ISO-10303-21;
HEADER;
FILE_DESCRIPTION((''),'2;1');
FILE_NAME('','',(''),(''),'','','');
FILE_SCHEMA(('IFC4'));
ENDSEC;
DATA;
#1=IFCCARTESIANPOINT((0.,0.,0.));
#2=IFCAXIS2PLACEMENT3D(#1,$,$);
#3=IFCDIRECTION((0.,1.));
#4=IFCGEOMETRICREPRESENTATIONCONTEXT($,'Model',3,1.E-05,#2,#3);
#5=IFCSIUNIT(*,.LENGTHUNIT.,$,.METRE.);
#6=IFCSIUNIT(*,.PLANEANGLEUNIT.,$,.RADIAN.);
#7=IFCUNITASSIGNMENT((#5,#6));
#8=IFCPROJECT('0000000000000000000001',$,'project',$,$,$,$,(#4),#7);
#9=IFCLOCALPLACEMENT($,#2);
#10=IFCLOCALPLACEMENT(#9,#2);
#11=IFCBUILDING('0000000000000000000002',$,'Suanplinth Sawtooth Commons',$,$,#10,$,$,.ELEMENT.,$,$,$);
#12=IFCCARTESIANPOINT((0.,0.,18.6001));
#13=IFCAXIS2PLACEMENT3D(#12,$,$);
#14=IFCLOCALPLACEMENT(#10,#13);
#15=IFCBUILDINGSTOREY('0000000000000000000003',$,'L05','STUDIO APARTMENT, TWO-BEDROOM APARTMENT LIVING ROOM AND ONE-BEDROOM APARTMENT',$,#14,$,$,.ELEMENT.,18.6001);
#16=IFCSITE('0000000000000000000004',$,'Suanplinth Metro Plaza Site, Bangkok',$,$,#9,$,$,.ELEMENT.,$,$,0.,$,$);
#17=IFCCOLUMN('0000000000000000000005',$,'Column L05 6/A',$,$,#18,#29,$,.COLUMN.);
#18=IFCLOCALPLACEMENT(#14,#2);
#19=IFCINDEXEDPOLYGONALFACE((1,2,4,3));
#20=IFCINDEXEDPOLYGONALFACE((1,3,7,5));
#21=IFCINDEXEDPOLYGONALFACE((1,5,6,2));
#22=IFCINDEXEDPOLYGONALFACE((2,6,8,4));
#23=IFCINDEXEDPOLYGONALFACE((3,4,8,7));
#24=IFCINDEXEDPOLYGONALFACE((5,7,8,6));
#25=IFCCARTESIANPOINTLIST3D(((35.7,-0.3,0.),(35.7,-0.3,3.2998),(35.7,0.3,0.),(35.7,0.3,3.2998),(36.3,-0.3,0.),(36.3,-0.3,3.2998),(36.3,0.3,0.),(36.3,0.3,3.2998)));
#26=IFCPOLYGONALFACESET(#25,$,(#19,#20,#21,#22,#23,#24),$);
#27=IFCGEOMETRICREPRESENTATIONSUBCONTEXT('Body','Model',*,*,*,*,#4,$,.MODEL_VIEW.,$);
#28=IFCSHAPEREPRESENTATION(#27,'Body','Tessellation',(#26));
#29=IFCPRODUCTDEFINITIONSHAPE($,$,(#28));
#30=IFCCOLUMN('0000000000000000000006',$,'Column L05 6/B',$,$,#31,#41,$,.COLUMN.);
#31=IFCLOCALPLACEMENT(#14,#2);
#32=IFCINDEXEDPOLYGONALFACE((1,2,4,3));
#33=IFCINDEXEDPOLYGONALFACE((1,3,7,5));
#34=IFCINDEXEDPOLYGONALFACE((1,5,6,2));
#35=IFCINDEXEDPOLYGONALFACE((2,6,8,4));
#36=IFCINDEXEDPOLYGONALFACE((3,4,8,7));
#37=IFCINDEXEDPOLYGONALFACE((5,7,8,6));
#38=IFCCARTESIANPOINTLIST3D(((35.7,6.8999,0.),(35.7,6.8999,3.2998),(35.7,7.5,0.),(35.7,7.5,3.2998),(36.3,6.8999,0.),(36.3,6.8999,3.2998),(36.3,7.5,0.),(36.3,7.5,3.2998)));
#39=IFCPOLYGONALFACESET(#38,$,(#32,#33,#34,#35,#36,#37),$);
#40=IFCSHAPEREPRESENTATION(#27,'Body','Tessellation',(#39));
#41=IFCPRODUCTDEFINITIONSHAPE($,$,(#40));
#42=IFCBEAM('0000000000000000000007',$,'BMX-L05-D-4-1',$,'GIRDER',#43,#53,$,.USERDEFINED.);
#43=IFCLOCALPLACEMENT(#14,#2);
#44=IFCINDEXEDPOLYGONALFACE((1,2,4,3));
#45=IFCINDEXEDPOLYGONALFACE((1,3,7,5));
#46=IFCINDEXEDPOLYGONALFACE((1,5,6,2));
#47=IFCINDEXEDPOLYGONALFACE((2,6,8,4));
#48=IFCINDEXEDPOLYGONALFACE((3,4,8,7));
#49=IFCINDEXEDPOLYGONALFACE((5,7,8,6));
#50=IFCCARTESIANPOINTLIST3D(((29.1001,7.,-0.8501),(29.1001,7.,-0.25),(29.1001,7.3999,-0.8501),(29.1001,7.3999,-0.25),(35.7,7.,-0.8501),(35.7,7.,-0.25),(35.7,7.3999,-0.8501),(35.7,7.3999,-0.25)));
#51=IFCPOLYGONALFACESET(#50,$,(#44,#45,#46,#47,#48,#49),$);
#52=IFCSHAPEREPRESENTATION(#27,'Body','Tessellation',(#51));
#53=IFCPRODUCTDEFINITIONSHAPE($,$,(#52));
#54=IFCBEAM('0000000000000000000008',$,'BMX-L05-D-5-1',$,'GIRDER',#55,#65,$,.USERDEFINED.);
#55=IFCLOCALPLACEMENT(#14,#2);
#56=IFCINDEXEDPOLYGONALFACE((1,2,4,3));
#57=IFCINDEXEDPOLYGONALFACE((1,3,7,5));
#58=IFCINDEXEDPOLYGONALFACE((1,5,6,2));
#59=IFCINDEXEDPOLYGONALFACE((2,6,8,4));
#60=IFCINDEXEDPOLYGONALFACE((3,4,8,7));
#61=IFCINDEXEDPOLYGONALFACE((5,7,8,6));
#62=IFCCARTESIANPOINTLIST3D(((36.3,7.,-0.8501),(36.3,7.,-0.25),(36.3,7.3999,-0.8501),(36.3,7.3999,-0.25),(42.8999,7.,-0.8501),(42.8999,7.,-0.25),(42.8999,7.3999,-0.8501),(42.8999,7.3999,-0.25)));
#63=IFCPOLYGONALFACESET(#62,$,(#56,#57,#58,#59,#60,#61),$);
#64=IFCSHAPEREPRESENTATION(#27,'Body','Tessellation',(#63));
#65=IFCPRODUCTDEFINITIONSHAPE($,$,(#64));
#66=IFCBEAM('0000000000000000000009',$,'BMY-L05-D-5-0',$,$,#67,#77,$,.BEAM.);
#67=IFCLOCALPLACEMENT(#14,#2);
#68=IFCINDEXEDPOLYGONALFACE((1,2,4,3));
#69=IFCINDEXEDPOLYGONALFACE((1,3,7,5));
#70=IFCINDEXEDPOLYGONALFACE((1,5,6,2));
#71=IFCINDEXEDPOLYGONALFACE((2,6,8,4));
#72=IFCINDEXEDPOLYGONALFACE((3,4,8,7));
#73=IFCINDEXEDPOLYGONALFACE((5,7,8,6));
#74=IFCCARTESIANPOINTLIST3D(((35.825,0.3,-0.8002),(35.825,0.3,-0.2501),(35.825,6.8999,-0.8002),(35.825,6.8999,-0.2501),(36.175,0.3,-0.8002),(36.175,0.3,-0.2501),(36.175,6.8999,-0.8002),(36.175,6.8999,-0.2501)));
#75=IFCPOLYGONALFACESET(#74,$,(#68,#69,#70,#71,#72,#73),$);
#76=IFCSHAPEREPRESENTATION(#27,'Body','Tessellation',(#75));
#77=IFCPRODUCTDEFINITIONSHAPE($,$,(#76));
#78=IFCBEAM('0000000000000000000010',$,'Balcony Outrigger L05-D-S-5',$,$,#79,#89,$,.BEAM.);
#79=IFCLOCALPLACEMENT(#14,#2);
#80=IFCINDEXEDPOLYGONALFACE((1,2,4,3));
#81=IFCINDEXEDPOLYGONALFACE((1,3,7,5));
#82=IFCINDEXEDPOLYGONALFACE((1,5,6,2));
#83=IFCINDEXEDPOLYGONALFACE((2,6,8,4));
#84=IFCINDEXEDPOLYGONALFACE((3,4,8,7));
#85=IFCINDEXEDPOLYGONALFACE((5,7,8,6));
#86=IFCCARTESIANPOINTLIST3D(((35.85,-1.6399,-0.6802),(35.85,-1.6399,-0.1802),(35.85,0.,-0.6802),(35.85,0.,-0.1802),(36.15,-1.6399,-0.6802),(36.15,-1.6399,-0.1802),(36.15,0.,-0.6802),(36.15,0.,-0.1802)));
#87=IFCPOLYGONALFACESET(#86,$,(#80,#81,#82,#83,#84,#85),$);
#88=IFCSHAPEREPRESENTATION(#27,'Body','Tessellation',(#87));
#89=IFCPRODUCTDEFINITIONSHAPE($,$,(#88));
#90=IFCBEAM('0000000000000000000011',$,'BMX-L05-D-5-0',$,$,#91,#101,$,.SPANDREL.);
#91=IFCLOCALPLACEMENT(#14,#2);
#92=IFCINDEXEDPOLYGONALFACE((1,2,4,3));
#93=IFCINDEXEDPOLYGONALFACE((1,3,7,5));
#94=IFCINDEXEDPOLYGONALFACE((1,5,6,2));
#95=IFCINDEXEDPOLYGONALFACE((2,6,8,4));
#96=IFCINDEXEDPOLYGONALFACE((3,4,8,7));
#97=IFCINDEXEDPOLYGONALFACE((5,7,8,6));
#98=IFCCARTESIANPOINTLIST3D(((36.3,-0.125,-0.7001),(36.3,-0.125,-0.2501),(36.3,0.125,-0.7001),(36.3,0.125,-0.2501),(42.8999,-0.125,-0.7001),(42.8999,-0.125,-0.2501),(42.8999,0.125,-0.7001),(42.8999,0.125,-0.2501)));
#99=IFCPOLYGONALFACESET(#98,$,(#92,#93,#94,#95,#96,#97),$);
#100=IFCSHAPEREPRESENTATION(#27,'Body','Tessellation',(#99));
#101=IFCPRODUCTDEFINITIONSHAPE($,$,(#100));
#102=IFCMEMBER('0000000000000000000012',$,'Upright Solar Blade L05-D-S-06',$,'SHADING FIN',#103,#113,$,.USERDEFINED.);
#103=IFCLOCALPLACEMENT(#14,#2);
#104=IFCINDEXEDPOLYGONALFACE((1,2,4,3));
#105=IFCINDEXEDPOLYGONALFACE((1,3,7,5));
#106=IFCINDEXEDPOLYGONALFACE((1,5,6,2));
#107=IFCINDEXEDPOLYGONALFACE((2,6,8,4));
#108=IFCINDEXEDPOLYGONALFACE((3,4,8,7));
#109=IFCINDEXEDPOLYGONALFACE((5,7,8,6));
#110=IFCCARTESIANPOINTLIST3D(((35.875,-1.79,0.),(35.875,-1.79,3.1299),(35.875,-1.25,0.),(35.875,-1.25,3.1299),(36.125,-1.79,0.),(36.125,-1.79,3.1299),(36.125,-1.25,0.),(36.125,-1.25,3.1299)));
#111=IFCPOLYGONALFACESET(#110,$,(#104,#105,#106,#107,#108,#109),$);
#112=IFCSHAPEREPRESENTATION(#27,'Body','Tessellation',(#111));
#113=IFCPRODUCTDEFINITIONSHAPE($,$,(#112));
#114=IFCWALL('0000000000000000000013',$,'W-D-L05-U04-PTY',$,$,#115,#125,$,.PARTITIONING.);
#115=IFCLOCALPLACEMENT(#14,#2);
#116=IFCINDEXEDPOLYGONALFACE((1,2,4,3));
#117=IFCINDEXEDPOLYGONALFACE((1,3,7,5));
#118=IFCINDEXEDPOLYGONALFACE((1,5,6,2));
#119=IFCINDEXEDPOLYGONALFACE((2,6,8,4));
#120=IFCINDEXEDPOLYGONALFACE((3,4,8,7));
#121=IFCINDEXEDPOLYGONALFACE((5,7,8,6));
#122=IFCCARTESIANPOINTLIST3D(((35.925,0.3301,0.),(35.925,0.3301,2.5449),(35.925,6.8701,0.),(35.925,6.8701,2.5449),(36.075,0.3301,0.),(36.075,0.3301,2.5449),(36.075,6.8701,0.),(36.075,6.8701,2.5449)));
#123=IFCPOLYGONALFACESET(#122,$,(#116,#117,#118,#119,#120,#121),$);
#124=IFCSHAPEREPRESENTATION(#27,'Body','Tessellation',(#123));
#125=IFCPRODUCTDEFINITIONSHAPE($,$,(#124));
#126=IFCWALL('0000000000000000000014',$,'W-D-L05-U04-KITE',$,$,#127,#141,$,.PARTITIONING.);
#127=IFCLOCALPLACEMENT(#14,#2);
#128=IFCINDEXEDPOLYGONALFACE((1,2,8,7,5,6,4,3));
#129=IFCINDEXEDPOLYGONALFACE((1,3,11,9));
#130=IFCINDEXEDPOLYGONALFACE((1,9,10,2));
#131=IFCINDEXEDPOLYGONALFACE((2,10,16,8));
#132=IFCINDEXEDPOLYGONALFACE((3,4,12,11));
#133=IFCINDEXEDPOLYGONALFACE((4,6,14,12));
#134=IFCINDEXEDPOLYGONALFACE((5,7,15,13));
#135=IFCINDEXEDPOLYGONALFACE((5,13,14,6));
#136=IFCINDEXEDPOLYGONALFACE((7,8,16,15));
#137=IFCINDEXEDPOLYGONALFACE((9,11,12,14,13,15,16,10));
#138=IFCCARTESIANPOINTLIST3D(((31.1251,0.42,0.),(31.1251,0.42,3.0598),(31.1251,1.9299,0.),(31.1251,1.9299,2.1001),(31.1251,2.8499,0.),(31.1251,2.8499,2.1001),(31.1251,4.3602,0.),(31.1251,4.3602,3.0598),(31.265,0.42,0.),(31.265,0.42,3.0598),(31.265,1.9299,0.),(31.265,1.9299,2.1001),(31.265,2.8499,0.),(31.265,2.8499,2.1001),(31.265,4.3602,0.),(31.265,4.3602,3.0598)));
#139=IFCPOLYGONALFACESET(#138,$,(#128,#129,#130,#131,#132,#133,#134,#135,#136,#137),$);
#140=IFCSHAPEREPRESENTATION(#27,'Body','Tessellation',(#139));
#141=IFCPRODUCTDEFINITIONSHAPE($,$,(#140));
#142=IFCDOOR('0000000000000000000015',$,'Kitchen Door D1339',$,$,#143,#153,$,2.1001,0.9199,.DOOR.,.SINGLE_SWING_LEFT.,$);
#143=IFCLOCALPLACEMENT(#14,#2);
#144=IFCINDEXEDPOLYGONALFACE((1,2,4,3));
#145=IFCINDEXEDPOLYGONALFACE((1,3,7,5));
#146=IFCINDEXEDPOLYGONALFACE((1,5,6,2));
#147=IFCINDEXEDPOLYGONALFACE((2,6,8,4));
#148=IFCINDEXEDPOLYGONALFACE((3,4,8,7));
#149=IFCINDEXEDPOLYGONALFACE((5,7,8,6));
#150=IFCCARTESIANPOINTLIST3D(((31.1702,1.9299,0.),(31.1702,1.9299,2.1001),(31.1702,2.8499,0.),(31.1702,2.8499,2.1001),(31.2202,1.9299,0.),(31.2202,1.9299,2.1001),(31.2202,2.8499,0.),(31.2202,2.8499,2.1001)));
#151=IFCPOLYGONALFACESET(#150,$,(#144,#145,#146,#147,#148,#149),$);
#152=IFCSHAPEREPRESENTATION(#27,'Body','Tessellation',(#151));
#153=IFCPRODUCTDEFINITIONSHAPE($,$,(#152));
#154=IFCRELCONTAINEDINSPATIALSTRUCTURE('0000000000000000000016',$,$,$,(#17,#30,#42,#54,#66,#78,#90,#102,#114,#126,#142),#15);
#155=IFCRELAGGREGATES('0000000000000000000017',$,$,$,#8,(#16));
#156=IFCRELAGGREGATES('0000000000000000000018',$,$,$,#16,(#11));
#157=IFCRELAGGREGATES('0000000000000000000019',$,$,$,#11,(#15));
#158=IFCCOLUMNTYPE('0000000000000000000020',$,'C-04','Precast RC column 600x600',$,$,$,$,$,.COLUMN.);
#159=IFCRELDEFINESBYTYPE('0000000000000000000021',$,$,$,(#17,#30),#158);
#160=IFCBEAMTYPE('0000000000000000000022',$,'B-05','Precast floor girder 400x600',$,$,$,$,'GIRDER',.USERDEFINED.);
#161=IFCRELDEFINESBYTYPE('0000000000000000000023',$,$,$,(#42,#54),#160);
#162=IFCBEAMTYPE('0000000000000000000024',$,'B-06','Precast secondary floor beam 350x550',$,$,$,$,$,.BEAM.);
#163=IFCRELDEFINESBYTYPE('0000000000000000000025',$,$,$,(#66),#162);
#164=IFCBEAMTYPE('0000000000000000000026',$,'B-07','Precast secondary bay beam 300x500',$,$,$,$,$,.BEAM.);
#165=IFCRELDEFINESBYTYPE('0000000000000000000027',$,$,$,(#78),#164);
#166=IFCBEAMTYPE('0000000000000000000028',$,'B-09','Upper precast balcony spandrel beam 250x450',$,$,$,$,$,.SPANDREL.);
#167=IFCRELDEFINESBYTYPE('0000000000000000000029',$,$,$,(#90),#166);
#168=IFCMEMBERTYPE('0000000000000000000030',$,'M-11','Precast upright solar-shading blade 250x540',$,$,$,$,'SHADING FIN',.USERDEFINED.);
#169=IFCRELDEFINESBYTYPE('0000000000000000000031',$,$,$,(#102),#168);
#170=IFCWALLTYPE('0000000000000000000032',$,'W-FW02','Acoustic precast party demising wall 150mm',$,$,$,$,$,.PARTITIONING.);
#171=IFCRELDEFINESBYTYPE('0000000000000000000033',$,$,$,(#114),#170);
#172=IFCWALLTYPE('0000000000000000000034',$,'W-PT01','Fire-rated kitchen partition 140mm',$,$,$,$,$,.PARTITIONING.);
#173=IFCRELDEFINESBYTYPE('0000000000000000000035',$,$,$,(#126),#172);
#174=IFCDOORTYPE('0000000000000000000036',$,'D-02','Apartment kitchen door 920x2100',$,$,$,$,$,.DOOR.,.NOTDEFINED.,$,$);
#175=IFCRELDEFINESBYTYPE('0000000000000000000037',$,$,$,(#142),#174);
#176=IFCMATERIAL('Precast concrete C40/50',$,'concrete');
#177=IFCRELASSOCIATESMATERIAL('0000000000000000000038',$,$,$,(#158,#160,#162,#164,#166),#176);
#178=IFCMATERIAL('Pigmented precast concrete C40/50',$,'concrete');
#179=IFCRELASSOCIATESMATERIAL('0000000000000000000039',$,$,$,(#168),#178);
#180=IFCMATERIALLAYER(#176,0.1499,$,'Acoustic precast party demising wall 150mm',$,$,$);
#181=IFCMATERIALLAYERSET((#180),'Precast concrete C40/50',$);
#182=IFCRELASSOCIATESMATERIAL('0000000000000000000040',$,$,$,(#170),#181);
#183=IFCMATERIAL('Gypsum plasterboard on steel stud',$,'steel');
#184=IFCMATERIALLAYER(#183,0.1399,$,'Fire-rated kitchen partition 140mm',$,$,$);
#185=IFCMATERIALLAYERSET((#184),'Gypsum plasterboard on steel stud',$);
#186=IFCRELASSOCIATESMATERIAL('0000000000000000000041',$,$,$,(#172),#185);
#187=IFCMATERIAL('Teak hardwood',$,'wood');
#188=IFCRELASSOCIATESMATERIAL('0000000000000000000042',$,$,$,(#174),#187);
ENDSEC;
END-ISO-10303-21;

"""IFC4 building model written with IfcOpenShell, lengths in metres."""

from ifc_helpers import new_model, si_unit, direction, frame, frame_2d, origin, origin_2d, place, context, subcontext, project, spatial, rectangle, extrude, material, layer, layer_set, material_profile, profile_set, type_object, element, fill, save


model = new_model("IFC4")

# Units and contexts
model_context = context("Model", 3, precision=1e-05, world=origin(), true_north=direction((0.0, 1.0)))
body_context = subcontext(model_context, "Body", "Model", "MODEL_VIEW")
ifc_project = project(units=[si_unit("LENGTHUNIT", "METRE"), si_unit("PLANEANGLEUNIT", "RADIAN")], contexts=[model_context])

# Site, building, storey
site_placement = place(None, origin())
site = spatial("IfcSite", under=ifc_project, at=site_placement, Name="Suanplinth Metro Plaza Site, Bangkok", CompositionType="ELEMENT", RefElevation=0.0)
building_placement = place(site_placement, origin())
building = spatial("IfcBuilding", under=site, at=building_placement, Name="Suanplinth Sawtooth Commons", CompositionType="ELEMENT")
storey_placement = place(building_placement, frame((0.0, 0.0, 18.6001)))
storey = spatial("IfcBuildingStorey", under=building, at=storey_placement, Name="L05", Description="STUDIO APARTMENT, TWO-BEDROOM APARTMENT LIVING ROOM AND ONE-BEDROOM APARTMENT", CompositionType="ELEMENT", Elevation=18.6001)

# Columns
ifc_material_1 = material(Name="Precast concrete C40/50", Category="concrete")
ifc_material_profile_1 = material_profile(ifc_material_1, rectangle(XDim=0.6001, YDim=0.6001, at=origin_2d()), Name="PC-COL 600x600")
ifc_profile_set_1 = profile_set([ifc_material_profile_1], Name="Precast concrete C40/50")
column_type = type_object("IfcColumnType", Name="C-04", Description="Precast RC column 600x600", PredefinedType="COLUMN", material=ifc_profile_set_1)
for number, where, z_axis, x_axis, name in (
    (1, (36.0, 0.0, 0.0), (0.0, 0.0, 1.0), (1.0, 0.0, 0.0), "Column L05 6/A"),
    (2, (36.0, 7.2, 0.0), (0.0, 0.0, 1.0), (1.0, 0.0, 0.0), "Column L05 6/B"),
):
    element("IfcColumn", number, at=place(storey_placement, frame(where, z_axis=z_axis, x_axis=x_axis)), inside=storey, type_object=column_type, Name=name, PredefinedType="COLUMN", context=body_context, shape_type="SweptSolid", body=[
        extrude(rectangle(XDim=0.6001, YDim=0.6001, at=origin_2d()), origin(), (0.0, 0.0, 1.0), 3.2998),
    ])

# Beams
ifc_material_profile_2 = material_profile(ifc_material_1, rectangle(XDim=0.3999, YDim=0.6001, at=origin_2d()), Name="PC-GDR 400x600")
ifc_profile_set_2 = profile_set([ifc_material_profile_2], Name="Precast concrete C40/50")
beam_type_1 = type_object("IfcBeamType", Name="B-05", Description="Precast floor girder 400x600", ElementType="GIRDER", PredefinedType="USERDEFINED", material=ifc_profile_set_2)
for number, where, z_axis, x_axis, name in (
    (3, (29.1001, 7.2, -0.55), (1.0, 0.0, 0.0), (0.0, 1.0, 0.0), "BMX-L05-D-4-1"),
    (4, (36.3, 7.2, -0.55), (1.0, 0.0, 0.0), (0.0, 1.0, 0.0), "BMX-L05-D-5-1"),
):
    element("IfcBeam", number, at=place(storey_placement, frame(where, z_axis=z_axis, x_axis=x_axis)), inside=storey, type_object=beam_type_1, Name=name, ObjectType="GIRDER", PredefinedType="USERDEFINED", context=body_context, shape_type="SweptSolid", body=[
        extrude(rectangle(XDim=0.3999, YDim=0.6001, at=origin_2d()), origin(), (0.0, 0.0, 1.0), 6.5999),
    ])
ifc_material_profile_3 = material_profile(ifc_material_1, rectangle(XDim=0.3501, YDim=0.55, at=origin_2d()), Name="PC-BM 350x550")
ifc_profile_set_3 = profile_set([ifc_material_profile_3], Name="Precast concrete C40/50")
beam_type_2 = type_object("IfcBeamType", Name="B-06", Description="Precast secondary floor beam 350x550", PredefinedType="BEAM", material=ifc_profile_set_3)
beam_1_placement = place(storey_placement, frame((36.0, 0.3, -0.5251), z_axis=(0.0, 1.0, 0.0), x_axis=(-1.0, 0.0, 0.0)))
element("IfcBeam", 5, at=beam_1_placement, inside=storey, type_object=beam_type_2, Name="BMY-L05-D-5-0", PredefinedType="BEAM", context=body_context, shape_type="SweptSolid", body=[
    extrude(rectangle(XDim=0.3501, YDim=0.55, at=origin_2d()), origin(), (0.0, 0.0, 1.0), 6.5999),
])
ifc_material_profile_4 = material_profile(ifc_material_1, rectangle(XDim=0.3, YDim=0.5, at=origin_2d()), Name="PC-BM 300x500")
ifc_profile_set_4 = profile_set([ifc_material_profile_4], Name="Precast concrete C40/50")
beam_type_3 = type_object("IfcBeamType", Name="B-07", Description="Precast secondary bay beam 300x500", PredefinedType="BEAM", material=ifc_profile_set_4)
beam_2_placement = place(storey_placement, frame((36.0, 0.0, -0.4302), z_axis=(0.0, -1.0, 0.0), x_axis=(1.0, 0.0, 0.0)))
element("IfcBeam", 6, at=beam_2_placement, inside=storey, type_object=beam_type_3, Name="Balcony Outrigger L05-D-S-5", PredefinedType="BEAM", context=body_context, shape_type="SweptSolid", body=[
    extrude(rectangle(XDim=0.3, YDim=0.5, at=origin_2d()), origin(), (0.0, 0.0, 1.0), 1.6399),
])
ifc_material_profile_5 = material_profile(ifc_material_1, rectangle(XDim=0.25, YDim=0.45, at=origin_2d()), Name="PC-SP 250x450")
ifc_profile_set_5 = profile_set([ifc_material_profile_5], Name="Precast concrete C40/50")
beam_type_4 = type_object("IfcBeamType", Name="B-09", Description="Upper precast balcony spandrel beam 250x450", PredefinedType="SPANDREL", material=ifc_profile_set_5)
beam_3_placement = place(storey_placement, frame((36.3, 0.0, -0.4751), z_axis=(1.0, 0.0, 0.0), x_axis=(0.0, 1.0, 0.0)))
element("IfcBeam", 7, at=beam_3_placement, inside=storey, type_object=beam_type_4, Name="BMX-L05-D-5-0", PredefinedType="SPANDREL", context=body_context, shape_type="SweptSolid", body=[
    extrude(rectangle(XDim=0.25, YDim=0.45, at=origin_2d()), origin(), (0.0, 0.0, 1.0), 6.5999),
])

# Member
ifc_material_2 = material(Name="Pigmented precast concrete C40/50", Category="concrete")
ifc_material_profile_6 = material_profile(ifc_material_2, rectangle(XDim=0.25, YDim=0.54, at=origin_2d()), Name="PC-FIN 250x540")
ifc_profile_set_6 = profile_set([ifc_material_profile_6], Name="Pigmented precast concrete C40/50")
member_type = type_object("IfcMemberType", Name="M-11", Description="Precast upright solar-shading blade 250x540", ElementType="SHADING FIN", PredefinedType="USERDEFINED", material=ifc_profile_set_6)
member_placement = place(storey_placement, frame((36.0, -1.52, 0.0), z_axis=(0.0, 0.0, 1.0), x_axis=(1.0, 0.0, 0.0)))
element("IfcMember", 8, at=member_placement, inside=storey, type_object=member_type, Name="Upright Solar Blade L05-D-S-06", ObjectType="SHADING FIN", PredefinedType="USERDEFINED", context=body_context, shape_type="SweptSolid", body=[
    extrude(rectangle(XDim=0.25, YDim=0.54, at=origin_2d()), origin(), (0.0, 0.0, 1.0), 3.1299),
])

# Wall
ifc_layer_1 = layer(ifc_material_1, 0.1499, Name="Acoustic precast party demising wall 150mm")
ifc_layer_set_1 = layer_set([ifc_layer_1], Name="Precast concrete C40/50")
wall_type_1 = type_object("IfcWallType", Name="W-FW02", Description="Acoustic precast party demising wall 150mm", PredefinedType="PARTITIONING", material=ifc_layer_set_1)
wall_1_placement = place(storey_placement, frame((36.0, 0.3301, 0.0), z_axis=(0.0, 0.0, 1.0), x_axis=(0.0, 1.0, 0.0)))
element("IfcWall", 9, at=wall_1_placement, inside=storey, type_object=wall_type_1, Name="W-D-L05-U04-PTY", PredefinedType="PARTITIONING", context=body_context, shape_type="SweptSolid", body=[
    extrude(rectangle(XDim=6.54, YDim=0.1499, at=frame_2d((3.27, 0.0))), origin(), (0.0, 0.0, 1.0), 2.5449),
])

# Wall, opening, door
ifc_material_3 = material(Name="Gypsum plasterboard on steel stud", Category="steel")
ifc_layer_2 = layer(ifc_material_3, 0.1399, Name="Fire-rated kitchen partition 140mm")
ifc_layer_set_2 = layer_set([ifc_layer_2], Name="Gypsum plasterboard on steel stud")
wall_type_2 = type_object("IfcWallType", Name="W-PT01", Description="Fire-rated kitchen partition 140mm", PredefinedType="PARTITIONING", material=ifc_layer_set_2)
wall_2_placement = place(storey_placement, frame((31.1951, 0.4199, 0.0), z_axis=(0.0, 0.0, 1.0), x_axis=(0.0, 1.0, 0.0)))
wall_2 = element("IfcWall", 10, at=wall_2_placement, inside=storey, type_object=wall_type_2, Name="W-D-L05-U04-KITE", PredefinedType="PARTITIONING", context=body_context, shape_type="SweptSolid", body=[
    extrude(rectangle(XDim=3.9402, YDim=0.1399, at=frame_2d((1.9702, 0.0))), origin(), (0.0, 0.0, 1.0), 3.0598),
])
opening_1_placement = place(wall_2_placement, frame((1.51, 0.0, 0.0)))
opening_1 = element("IfcOpeningElement", 11, at=opening_1_placement, cuts=wall_2, PredefinedType="OPENING", context=body_context, shape_type="SweptSolid", body=[
    extrude(rectangle(XDim=0.9199, YDim=2.1001, at=frame_2d((0.46, 1.05))), frame((0.0, 0.085, 0.0), z_axis=(0.0, -1.0, 0.0), x_axis=(1.0, 0.0, 0.0)), (0.0, 0.0, 1.0), 0.1697),
])
ifc_material_4 = material(Name="Teak hardwood", Category="wood")
door_type_1 = type_object("IfcDoorType", Name="D-02", Description="Apartment kitchen door 920x2100", OperationType="NOTDEFINED", PredefinedType="DOOR", material=ifc_material_4)
door_1_placement = place(opening_1_placement, origin())
door_1 = element("IfcDoor", 12, at=door_1_placement, inside=storey, type_object=door_type_1, Name="Kitchen Door D1339", OperationType="SINGLE_SWING_LEFT", OverallHeight=2.1001, OverallWidth=0.9199, PredefinedType="DOOR", context=body_context, shape_type="SweptSolid", body=[
    extrude(rectangle(XDim=0.9199, YDim=2.1001, at=frame_2d((0.46, 1.05))), frame((0.0, 0.0249, 0.0), z_axis=(0.0, -1.0, 0.0), x_axis=(1.0, 0.0, 0.0)), (0.0, 0.0, 1.0), 0.05),
])
fill(opening_1, door_1)

save(model, "model.ifc")
